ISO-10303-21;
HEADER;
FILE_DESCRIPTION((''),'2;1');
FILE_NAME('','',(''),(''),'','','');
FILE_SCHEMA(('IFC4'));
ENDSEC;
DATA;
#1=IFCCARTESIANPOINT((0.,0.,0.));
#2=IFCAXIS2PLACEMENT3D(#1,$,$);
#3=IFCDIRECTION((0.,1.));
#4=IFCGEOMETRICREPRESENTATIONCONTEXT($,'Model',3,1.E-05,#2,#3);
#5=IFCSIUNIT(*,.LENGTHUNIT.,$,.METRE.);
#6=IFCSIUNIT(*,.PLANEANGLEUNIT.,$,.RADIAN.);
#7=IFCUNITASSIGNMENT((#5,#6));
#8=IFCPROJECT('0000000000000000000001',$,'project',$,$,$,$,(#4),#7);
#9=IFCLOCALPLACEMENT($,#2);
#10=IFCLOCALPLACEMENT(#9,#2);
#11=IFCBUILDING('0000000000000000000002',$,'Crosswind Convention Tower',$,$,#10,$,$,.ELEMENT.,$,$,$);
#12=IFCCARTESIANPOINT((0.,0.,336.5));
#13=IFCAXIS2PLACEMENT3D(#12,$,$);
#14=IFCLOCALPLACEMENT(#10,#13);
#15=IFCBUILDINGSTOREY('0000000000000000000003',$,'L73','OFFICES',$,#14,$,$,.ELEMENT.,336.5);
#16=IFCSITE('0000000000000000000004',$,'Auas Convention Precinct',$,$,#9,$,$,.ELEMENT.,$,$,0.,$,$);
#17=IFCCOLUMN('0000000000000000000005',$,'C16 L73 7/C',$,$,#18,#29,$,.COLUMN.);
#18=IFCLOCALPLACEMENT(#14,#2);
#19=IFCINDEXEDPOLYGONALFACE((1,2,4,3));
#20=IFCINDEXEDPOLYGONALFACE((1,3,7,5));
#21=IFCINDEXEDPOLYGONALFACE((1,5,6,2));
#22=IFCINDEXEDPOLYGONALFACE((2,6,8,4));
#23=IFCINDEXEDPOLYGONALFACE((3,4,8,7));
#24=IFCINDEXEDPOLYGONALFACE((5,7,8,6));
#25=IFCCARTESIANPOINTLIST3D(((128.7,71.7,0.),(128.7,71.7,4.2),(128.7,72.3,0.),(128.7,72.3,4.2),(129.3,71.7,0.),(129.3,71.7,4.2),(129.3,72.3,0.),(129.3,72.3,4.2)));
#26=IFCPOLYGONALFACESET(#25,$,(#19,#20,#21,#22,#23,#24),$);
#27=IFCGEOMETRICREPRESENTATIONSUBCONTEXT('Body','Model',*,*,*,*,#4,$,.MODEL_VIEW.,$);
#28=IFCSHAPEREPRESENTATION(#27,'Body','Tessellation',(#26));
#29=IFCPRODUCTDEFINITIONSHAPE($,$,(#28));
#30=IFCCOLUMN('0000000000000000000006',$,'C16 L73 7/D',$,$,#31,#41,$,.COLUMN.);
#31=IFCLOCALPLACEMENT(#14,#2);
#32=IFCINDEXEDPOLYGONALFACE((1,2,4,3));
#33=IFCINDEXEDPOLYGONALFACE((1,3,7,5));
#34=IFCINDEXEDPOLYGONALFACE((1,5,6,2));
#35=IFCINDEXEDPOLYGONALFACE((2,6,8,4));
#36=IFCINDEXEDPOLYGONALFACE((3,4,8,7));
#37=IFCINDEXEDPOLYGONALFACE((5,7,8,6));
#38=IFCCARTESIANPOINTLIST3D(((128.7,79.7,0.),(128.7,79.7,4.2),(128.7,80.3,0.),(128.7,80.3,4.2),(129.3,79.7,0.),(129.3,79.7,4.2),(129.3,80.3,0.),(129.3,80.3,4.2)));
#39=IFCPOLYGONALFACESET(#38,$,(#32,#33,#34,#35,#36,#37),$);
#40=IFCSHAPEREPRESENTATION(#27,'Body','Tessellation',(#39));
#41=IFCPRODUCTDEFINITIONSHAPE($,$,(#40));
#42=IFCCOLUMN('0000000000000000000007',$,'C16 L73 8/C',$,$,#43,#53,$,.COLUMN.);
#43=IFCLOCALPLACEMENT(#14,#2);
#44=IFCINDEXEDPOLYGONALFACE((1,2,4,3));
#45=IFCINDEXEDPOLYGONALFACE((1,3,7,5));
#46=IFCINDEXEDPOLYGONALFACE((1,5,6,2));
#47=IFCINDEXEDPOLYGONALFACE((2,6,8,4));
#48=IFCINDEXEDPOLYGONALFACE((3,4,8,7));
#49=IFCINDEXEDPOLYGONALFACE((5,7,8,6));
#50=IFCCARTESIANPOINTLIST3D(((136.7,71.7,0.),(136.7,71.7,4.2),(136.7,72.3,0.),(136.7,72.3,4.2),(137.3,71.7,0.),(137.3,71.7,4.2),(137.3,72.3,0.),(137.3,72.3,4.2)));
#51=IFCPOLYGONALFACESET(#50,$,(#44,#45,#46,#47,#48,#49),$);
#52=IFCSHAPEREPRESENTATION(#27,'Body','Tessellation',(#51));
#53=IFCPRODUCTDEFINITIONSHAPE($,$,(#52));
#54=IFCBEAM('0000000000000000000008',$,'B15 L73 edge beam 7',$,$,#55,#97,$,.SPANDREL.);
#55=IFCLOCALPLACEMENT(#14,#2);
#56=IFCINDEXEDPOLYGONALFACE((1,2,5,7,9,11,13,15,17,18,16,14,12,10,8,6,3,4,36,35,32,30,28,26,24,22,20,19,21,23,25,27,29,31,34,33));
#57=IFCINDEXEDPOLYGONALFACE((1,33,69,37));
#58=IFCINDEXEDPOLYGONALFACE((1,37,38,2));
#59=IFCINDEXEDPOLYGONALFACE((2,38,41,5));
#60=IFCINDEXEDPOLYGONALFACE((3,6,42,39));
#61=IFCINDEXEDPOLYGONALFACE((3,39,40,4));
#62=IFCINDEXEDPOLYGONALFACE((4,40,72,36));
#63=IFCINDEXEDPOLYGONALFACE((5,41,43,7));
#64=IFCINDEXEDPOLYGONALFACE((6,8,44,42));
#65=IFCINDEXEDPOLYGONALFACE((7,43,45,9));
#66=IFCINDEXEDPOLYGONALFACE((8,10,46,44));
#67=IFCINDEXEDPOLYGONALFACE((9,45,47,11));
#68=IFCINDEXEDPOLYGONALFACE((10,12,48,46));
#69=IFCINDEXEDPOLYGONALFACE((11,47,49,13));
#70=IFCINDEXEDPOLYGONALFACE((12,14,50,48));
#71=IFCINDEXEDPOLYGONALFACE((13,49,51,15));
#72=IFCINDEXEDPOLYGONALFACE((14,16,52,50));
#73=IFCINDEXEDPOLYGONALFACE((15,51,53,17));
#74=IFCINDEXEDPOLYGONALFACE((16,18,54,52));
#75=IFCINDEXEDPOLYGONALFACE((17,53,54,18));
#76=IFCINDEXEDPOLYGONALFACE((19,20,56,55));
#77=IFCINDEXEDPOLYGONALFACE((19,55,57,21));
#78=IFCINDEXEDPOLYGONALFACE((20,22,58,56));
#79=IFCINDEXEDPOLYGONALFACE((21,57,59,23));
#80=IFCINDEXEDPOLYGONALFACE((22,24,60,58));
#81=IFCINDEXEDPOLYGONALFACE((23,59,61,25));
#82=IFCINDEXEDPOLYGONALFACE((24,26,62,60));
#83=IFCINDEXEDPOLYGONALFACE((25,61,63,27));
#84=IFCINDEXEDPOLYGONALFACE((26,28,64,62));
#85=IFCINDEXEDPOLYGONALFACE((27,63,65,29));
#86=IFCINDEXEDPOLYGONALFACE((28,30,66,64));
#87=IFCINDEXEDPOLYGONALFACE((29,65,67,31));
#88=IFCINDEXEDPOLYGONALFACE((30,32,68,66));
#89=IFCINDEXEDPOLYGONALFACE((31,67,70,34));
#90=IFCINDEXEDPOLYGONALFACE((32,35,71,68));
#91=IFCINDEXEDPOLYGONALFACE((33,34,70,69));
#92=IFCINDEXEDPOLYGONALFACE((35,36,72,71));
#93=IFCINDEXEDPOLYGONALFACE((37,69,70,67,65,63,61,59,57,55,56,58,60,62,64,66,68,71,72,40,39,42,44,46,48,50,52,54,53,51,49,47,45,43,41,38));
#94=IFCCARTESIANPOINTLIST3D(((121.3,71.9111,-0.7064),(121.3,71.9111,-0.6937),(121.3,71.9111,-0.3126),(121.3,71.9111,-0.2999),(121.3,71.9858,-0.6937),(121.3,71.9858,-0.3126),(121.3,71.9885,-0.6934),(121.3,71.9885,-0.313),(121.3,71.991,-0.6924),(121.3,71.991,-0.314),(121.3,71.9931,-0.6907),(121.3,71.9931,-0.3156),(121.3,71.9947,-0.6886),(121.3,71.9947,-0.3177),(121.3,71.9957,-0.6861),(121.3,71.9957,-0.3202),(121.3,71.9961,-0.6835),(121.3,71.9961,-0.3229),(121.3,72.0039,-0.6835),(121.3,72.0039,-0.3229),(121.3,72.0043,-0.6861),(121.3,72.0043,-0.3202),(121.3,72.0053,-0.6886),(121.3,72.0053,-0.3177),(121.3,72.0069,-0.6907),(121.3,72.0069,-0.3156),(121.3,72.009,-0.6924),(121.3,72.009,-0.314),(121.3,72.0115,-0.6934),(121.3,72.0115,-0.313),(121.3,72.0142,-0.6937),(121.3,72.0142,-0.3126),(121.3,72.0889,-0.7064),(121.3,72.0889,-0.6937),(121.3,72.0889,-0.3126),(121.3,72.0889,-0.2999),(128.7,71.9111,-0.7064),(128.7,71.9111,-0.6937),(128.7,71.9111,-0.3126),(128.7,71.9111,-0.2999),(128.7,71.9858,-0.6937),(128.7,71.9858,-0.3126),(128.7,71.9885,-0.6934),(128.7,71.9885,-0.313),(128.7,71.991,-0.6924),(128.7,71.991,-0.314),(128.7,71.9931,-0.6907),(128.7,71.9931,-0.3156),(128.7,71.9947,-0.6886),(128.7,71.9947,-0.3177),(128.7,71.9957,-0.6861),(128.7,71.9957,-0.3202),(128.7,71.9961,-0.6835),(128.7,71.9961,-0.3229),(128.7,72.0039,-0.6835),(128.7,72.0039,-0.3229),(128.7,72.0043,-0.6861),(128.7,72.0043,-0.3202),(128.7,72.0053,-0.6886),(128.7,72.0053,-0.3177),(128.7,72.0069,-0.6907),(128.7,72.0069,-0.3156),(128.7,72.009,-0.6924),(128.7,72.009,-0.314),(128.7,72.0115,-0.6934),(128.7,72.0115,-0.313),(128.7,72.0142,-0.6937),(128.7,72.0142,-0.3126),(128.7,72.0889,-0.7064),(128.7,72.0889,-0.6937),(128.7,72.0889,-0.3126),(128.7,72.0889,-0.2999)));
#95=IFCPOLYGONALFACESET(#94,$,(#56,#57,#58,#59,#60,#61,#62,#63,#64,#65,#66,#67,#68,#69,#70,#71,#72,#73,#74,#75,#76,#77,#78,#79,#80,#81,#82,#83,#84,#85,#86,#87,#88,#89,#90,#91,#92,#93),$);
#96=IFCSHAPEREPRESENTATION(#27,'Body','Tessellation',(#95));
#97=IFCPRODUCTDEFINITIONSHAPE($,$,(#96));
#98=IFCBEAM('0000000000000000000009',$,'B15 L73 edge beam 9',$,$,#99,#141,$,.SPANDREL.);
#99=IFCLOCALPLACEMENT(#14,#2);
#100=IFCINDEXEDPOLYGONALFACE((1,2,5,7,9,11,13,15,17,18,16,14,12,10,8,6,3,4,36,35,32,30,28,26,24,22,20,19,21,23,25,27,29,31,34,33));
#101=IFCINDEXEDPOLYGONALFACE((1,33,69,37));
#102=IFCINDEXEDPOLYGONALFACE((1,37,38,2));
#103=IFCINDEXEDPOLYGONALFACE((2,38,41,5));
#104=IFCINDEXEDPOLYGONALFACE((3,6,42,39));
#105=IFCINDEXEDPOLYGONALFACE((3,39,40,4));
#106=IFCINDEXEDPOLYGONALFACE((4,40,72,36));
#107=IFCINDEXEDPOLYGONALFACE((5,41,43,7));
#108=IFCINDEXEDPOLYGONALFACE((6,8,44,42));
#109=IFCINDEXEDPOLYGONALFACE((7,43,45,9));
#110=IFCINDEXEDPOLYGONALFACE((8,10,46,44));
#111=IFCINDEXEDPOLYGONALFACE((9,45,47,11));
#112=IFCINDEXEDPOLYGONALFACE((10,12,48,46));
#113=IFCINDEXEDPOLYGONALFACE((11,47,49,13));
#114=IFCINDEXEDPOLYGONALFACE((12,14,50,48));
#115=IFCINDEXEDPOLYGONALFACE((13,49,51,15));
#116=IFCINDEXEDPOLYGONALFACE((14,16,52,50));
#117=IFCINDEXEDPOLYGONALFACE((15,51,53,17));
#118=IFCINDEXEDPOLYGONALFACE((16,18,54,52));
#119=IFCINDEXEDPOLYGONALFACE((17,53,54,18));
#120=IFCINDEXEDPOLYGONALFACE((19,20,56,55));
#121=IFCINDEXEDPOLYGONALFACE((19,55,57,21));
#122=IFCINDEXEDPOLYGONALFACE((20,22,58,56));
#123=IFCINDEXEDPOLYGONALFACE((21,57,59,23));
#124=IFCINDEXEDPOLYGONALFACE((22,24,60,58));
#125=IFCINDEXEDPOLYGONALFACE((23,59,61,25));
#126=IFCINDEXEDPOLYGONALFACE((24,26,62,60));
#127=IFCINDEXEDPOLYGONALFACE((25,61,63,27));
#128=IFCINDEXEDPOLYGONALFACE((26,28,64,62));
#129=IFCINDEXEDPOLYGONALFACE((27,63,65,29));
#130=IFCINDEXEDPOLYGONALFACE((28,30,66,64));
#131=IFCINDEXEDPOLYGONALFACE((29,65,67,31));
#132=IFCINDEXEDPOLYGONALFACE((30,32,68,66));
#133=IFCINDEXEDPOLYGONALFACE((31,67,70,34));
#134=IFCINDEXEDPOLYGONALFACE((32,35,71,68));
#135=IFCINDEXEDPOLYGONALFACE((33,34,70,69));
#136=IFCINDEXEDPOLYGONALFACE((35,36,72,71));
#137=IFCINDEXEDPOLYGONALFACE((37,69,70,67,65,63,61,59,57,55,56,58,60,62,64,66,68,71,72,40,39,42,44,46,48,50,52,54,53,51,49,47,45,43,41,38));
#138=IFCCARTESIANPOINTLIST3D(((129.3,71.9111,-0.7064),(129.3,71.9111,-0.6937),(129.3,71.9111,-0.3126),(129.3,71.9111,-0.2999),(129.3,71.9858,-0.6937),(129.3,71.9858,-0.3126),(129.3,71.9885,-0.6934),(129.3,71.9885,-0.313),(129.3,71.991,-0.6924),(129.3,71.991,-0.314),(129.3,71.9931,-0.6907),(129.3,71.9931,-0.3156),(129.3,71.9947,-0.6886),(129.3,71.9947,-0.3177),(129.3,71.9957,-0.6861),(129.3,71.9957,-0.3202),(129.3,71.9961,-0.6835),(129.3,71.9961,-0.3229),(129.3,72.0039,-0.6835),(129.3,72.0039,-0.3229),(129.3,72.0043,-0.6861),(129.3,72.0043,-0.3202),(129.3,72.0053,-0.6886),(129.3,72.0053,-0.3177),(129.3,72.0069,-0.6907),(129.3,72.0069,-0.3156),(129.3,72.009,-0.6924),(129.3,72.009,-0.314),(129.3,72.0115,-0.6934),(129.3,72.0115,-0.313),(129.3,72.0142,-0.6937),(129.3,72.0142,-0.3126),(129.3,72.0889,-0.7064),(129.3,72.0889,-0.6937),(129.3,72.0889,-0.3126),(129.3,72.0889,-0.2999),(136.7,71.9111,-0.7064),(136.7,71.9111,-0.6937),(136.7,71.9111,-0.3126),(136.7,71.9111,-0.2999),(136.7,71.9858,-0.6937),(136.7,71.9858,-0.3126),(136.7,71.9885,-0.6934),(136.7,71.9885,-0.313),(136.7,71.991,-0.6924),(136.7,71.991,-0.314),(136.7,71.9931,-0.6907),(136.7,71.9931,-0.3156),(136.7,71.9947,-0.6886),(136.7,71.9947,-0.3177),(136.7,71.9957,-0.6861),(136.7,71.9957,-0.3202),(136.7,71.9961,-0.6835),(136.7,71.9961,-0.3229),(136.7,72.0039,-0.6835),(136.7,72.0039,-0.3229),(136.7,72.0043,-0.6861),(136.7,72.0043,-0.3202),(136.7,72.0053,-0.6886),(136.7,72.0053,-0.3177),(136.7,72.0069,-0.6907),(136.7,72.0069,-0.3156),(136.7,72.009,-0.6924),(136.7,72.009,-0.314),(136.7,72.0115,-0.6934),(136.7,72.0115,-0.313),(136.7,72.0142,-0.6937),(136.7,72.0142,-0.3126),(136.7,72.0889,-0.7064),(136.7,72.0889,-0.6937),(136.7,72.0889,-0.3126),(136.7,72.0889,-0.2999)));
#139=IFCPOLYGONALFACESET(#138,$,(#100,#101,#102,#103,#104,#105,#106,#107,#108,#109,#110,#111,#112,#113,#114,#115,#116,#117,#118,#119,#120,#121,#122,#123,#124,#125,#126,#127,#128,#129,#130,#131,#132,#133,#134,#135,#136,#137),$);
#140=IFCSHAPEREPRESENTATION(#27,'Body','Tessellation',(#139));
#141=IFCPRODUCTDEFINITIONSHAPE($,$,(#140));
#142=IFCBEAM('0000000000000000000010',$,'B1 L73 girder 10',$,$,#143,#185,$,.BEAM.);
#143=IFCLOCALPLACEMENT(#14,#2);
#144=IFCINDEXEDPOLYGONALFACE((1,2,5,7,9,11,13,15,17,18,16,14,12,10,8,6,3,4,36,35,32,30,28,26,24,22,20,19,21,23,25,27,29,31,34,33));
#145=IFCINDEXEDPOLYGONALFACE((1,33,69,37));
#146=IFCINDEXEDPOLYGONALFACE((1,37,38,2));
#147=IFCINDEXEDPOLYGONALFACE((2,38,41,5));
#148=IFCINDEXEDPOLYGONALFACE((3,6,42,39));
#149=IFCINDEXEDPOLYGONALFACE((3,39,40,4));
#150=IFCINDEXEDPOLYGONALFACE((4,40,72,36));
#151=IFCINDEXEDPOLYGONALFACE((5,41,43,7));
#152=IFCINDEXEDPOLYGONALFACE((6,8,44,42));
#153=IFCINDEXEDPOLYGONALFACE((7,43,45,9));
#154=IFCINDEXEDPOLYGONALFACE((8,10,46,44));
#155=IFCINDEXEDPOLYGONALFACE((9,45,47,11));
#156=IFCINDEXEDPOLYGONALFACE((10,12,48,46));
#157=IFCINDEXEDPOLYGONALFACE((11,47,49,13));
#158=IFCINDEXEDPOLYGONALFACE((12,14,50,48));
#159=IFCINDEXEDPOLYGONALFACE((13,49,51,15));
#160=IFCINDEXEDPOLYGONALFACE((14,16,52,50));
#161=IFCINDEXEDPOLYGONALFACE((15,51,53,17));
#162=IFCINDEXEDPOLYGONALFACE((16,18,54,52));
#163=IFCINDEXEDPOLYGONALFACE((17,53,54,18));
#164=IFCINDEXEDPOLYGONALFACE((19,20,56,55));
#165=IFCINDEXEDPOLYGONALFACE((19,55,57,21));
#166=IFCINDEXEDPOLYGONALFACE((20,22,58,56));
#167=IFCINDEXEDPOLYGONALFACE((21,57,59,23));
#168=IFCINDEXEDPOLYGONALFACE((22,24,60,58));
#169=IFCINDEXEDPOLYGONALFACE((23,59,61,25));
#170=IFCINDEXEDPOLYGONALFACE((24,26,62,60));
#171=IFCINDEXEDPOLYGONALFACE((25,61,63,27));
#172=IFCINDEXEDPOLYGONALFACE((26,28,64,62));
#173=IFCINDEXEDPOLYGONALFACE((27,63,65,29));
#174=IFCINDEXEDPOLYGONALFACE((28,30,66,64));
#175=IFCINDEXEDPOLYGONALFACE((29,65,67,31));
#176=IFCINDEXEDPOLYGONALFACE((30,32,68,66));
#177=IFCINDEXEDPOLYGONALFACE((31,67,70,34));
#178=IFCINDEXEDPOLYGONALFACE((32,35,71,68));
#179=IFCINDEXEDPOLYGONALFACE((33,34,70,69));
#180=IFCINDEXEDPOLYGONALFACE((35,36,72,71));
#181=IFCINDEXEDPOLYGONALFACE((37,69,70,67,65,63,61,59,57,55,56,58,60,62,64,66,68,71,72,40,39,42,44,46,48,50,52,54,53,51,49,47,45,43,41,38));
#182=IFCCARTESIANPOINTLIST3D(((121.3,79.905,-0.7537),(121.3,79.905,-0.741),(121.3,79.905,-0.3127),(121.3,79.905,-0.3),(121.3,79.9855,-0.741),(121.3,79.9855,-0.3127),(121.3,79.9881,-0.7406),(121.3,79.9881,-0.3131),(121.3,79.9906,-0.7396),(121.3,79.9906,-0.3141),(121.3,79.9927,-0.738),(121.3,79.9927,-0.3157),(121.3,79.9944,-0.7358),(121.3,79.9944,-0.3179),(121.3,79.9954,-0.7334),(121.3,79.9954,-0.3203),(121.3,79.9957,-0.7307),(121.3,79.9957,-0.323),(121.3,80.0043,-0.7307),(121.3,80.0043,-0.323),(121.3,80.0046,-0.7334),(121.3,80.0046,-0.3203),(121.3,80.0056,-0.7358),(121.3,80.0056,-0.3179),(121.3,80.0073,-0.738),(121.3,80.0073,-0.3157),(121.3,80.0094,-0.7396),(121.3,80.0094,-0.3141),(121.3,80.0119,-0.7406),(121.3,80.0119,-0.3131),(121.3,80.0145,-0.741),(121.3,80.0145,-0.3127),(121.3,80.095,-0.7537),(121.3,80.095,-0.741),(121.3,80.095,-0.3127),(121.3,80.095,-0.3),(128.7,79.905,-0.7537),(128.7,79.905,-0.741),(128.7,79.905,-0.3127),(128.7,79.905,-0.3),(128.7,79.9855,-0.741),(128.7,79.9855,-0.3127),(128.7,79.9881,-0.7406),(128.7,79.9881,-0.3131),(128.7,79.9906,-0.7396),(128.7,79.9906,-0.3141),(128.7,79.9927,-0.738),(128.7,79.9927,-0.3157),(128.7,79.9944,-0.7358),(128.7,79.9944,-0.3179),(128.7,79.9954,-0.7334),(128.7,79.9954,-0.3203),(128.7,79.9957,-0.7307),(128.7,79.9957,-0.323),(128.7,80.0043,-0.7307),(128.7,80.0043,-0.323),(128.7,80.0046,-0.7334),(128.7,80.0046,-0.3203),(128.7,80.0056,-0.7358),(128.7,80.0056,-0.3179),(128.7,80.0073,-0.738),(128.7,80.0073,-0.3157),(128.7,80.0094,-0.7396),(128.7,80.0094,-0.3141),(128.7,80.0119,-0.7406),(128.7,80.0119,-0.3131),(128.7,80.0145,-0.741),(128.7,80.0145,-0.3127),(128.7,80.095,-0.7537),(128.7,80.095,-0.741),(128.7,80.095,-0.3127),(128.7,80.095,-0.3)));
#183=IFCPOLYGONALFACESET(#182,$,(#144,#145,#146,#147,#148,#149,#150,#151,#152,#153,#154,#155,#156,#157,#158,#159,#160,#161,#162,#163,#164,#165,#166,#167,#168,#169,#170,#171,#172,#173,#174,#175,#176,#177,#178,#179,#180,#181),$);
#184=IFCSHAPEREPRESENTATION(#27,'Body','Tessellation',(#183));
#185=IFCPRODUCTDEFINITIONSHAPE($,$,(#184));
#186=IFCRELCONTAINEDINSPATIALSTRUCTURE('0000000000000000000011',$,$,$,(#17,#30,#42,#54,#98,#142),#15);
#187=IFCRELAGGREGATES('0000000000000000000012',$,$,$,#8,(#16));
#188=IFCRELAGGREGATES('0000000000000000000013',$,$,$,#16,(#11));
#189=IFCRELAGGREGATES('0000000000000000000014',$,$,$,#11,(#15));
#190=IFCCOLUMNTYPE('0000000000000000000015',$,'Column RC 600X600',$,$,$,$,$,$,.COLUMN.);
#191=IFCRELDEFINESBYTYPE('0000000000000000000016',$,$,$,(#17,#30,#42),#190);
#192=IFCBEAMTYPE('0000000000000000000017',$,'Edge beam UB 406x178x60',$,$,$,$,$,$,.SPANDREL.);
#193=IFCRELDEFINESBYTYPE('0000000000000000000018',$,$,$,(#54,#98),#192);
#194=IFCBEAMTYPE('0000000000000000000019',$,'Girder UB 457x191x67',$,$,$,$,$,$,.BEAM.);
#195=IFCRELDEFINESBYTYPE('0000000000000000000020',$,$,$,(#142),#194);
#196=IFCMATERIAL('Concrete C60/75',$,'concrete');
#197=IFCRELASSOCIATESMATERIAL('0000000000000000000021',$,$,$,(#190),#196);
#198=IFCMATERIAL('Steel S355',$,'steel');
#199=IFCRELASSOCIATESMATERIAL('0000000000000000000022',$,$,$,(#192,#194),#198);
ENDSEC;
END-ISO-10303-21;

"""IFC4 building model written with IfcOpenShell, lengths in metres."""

from ifc_helpers import new_model, si_unit, direction, frame, origin, origin_2d, place, context, subcontext, project, spatial, rectangle, i_section, extrude, material, material_profile, profile_set, type_object, element, save


model = new_model("IFC4")

# Units and contexts
model_context = context("Model", 3, precision=1e-05, world=origin(), true_north=direction((0.0, 1.0)))
body_context = subcontext(model_context, "Body", "Model", "MODEL_VIEW")
ifc_project = project(units=[si_unit("LENGTHUNIT", "METRE"), si_unit("PLANEANGLEUNIT", "RADIAN")], contexts=[model_context])

# Site, building, storey
site_placement = place(None, origin())
site = spatial("IfcSite", under=ifc_project, at=site_placement, Name="Auas Convention Precinct", CompositionType="ELEMENT", RefElevation=0.0)
building_placement = place(site_placement, origin())
building = spatial("IfcBuilding", under=site, at=building_placement, Name="Crosswind Convention Tower", CompositionType="ELEMENT")
storey_placement = place(building_placement, frame((0.0, 0.0, 336.5)))
storey = spatial("IfcBuildingStorey", under=building, at=storey_placement, Name="L73", Description="OFFICES", CompositionType="ELEMENT", Elevation=336.5)

# Columns
ifc_material_1 = material(Name="Concrete C60/75", Category="concrete")
ifc_material_profile_1 = material_profile(ifc_material_1, rectangle(XDim=0.6001, YDim=0.6001, at=origin_2d()), Name="RC 600X600")
ifc_profile_set_1 = profile_set([ifc_material_profile_1], Name="Concrete C60/75")
column_type = type_object("IfcColumnType", Name="Column RC 600X600", PredefinedType="COLUMN", material=ifc_profile_set_1)
for number, where, z_axis, x_axis, name in (
    (1, (129.0, 72.0, 0.0), (0.0, 0.0, 1.0), (1.0, 0.0, 0.0), "C16 L73 7/C"),
    (2, (129.0, 80.0, 0.0), (0.0, 0.0, 1.0), (1.0, 0.0, 0.0), "C16 L73 7/D"),
    (3, (137.0, 72.0, 0.0), (0.0, 0.0, 1.0), (1.0, 0.0, 0.0), "C16 L73 8/C"),
):
    element("IfcColumn", number, at=place(storey_placement, frame(where, z_axis=z_axis, x_axis=x_axis)), inside=storey, type_object=column_type, Name=name, PredefinedType="COLUMN", context=body_context, shape_type="SweptSolid", body=[
        extrude(rectangle(XDim=0.6001, YDim=0.6001, at=origin_2d()), origin(), (0.0, 0.0, 1.0), 4.2),
    ])

# Beams
ifc_material_2 = material(Name="Steel S355", Category="steel")
ifc_material_profile_2 = material_profile(ifc_material_2, i_section(OverallWidth=0.1777, OverallDepth=0.4065, WebThickness=0.0078, FlangeThickness=0.0127, FilletRadius=0.0103, at=origin_2d()), Name="UB 406x178x60")
ifc_profile_set_2 = profile_set([ifc_material_profile_2], Name="Steel S355")
beam_type_1 = type_object("IfcBeamType", Name="Edge beam UB 406x178x60", PredefinedType="SPANDREL", material=ifc_profile_set_2)
for number, where, z_axis, x_axis, name in (
    (4, (121.3, 72.0, -0.5032), (1.0, 0.0, 0.0), (0.0, 1.0, 0.0), "B15 L73 edge beam 7"),
    (5, (129.3, 72.0, -0.5032), (1.0, 0.0, 0.0), (0.0, 1.0, 0.0), "B15 L73 edge beam 9"),
):
    element("IfcBeam", number, at=place(storey_placement, frame(where, z_axis=z_axis, x_axis=x_axis)), inside=storey, type_object=beam_type_1, Name=name, PredefinedType="SPANDREL", context=body_context, shape_type="SweptSolid", body=[
        extrude(i_section(OverallWidth=0.1777, OverallDepth=0.4065, WebThickness=0.0078, FlangeThickness=0.0127, FilletRadius=0.0103, at=origin_2d()), origin(), (0.0, 0.0, 1.0), 7.3999),
    ])
ifc_material_profile_3 = material_profile(ifc_material_2, i_section(OverallWidth=0.1899, OverallDepth=0.4536, WebThickness=0.0085, FlangeThickness=0.0127, FilletRadius=0.0103, at=origin_2d()), Name="UB 457x191x67")
ifc_profile_set_3 = profile_set([ifc_material_profile_3], Name="Steel S355")
beam_type_2 = type_object("IfcBeamType", Name="Girder UB 457x191x67", PredefinedType="BEAM", material=ifc_profile_set_3)
for number, where, z_axis, x_axis, name in (
    (6, (121.3, 80.0, -0.5269), (1.0, 0.0, 0.0), (0.0, 1.0, 0.0), "B1 L73 girder 10"),
):
    element("IfcBeam", number, at=place(storey_placement, frame(where, z_axis=z_axis, x_axis=x_axis)), inside=storey, type_object=beam_type_2, Name=name, PredefinedType="BEAM", context=body_context, shape_type="SweptSolid", body=[
        extrude(i_section(OverallWidth=0.1899, OverallDepth=0.4536, WebThickness=0.0085, FlangeThickness=0.0127, FilletRadius=0.0103, at=origin_2d()), origin(), (0.0, 0.0, 1.0), 7.3999),
    ])

save(model, "model.ifc")
